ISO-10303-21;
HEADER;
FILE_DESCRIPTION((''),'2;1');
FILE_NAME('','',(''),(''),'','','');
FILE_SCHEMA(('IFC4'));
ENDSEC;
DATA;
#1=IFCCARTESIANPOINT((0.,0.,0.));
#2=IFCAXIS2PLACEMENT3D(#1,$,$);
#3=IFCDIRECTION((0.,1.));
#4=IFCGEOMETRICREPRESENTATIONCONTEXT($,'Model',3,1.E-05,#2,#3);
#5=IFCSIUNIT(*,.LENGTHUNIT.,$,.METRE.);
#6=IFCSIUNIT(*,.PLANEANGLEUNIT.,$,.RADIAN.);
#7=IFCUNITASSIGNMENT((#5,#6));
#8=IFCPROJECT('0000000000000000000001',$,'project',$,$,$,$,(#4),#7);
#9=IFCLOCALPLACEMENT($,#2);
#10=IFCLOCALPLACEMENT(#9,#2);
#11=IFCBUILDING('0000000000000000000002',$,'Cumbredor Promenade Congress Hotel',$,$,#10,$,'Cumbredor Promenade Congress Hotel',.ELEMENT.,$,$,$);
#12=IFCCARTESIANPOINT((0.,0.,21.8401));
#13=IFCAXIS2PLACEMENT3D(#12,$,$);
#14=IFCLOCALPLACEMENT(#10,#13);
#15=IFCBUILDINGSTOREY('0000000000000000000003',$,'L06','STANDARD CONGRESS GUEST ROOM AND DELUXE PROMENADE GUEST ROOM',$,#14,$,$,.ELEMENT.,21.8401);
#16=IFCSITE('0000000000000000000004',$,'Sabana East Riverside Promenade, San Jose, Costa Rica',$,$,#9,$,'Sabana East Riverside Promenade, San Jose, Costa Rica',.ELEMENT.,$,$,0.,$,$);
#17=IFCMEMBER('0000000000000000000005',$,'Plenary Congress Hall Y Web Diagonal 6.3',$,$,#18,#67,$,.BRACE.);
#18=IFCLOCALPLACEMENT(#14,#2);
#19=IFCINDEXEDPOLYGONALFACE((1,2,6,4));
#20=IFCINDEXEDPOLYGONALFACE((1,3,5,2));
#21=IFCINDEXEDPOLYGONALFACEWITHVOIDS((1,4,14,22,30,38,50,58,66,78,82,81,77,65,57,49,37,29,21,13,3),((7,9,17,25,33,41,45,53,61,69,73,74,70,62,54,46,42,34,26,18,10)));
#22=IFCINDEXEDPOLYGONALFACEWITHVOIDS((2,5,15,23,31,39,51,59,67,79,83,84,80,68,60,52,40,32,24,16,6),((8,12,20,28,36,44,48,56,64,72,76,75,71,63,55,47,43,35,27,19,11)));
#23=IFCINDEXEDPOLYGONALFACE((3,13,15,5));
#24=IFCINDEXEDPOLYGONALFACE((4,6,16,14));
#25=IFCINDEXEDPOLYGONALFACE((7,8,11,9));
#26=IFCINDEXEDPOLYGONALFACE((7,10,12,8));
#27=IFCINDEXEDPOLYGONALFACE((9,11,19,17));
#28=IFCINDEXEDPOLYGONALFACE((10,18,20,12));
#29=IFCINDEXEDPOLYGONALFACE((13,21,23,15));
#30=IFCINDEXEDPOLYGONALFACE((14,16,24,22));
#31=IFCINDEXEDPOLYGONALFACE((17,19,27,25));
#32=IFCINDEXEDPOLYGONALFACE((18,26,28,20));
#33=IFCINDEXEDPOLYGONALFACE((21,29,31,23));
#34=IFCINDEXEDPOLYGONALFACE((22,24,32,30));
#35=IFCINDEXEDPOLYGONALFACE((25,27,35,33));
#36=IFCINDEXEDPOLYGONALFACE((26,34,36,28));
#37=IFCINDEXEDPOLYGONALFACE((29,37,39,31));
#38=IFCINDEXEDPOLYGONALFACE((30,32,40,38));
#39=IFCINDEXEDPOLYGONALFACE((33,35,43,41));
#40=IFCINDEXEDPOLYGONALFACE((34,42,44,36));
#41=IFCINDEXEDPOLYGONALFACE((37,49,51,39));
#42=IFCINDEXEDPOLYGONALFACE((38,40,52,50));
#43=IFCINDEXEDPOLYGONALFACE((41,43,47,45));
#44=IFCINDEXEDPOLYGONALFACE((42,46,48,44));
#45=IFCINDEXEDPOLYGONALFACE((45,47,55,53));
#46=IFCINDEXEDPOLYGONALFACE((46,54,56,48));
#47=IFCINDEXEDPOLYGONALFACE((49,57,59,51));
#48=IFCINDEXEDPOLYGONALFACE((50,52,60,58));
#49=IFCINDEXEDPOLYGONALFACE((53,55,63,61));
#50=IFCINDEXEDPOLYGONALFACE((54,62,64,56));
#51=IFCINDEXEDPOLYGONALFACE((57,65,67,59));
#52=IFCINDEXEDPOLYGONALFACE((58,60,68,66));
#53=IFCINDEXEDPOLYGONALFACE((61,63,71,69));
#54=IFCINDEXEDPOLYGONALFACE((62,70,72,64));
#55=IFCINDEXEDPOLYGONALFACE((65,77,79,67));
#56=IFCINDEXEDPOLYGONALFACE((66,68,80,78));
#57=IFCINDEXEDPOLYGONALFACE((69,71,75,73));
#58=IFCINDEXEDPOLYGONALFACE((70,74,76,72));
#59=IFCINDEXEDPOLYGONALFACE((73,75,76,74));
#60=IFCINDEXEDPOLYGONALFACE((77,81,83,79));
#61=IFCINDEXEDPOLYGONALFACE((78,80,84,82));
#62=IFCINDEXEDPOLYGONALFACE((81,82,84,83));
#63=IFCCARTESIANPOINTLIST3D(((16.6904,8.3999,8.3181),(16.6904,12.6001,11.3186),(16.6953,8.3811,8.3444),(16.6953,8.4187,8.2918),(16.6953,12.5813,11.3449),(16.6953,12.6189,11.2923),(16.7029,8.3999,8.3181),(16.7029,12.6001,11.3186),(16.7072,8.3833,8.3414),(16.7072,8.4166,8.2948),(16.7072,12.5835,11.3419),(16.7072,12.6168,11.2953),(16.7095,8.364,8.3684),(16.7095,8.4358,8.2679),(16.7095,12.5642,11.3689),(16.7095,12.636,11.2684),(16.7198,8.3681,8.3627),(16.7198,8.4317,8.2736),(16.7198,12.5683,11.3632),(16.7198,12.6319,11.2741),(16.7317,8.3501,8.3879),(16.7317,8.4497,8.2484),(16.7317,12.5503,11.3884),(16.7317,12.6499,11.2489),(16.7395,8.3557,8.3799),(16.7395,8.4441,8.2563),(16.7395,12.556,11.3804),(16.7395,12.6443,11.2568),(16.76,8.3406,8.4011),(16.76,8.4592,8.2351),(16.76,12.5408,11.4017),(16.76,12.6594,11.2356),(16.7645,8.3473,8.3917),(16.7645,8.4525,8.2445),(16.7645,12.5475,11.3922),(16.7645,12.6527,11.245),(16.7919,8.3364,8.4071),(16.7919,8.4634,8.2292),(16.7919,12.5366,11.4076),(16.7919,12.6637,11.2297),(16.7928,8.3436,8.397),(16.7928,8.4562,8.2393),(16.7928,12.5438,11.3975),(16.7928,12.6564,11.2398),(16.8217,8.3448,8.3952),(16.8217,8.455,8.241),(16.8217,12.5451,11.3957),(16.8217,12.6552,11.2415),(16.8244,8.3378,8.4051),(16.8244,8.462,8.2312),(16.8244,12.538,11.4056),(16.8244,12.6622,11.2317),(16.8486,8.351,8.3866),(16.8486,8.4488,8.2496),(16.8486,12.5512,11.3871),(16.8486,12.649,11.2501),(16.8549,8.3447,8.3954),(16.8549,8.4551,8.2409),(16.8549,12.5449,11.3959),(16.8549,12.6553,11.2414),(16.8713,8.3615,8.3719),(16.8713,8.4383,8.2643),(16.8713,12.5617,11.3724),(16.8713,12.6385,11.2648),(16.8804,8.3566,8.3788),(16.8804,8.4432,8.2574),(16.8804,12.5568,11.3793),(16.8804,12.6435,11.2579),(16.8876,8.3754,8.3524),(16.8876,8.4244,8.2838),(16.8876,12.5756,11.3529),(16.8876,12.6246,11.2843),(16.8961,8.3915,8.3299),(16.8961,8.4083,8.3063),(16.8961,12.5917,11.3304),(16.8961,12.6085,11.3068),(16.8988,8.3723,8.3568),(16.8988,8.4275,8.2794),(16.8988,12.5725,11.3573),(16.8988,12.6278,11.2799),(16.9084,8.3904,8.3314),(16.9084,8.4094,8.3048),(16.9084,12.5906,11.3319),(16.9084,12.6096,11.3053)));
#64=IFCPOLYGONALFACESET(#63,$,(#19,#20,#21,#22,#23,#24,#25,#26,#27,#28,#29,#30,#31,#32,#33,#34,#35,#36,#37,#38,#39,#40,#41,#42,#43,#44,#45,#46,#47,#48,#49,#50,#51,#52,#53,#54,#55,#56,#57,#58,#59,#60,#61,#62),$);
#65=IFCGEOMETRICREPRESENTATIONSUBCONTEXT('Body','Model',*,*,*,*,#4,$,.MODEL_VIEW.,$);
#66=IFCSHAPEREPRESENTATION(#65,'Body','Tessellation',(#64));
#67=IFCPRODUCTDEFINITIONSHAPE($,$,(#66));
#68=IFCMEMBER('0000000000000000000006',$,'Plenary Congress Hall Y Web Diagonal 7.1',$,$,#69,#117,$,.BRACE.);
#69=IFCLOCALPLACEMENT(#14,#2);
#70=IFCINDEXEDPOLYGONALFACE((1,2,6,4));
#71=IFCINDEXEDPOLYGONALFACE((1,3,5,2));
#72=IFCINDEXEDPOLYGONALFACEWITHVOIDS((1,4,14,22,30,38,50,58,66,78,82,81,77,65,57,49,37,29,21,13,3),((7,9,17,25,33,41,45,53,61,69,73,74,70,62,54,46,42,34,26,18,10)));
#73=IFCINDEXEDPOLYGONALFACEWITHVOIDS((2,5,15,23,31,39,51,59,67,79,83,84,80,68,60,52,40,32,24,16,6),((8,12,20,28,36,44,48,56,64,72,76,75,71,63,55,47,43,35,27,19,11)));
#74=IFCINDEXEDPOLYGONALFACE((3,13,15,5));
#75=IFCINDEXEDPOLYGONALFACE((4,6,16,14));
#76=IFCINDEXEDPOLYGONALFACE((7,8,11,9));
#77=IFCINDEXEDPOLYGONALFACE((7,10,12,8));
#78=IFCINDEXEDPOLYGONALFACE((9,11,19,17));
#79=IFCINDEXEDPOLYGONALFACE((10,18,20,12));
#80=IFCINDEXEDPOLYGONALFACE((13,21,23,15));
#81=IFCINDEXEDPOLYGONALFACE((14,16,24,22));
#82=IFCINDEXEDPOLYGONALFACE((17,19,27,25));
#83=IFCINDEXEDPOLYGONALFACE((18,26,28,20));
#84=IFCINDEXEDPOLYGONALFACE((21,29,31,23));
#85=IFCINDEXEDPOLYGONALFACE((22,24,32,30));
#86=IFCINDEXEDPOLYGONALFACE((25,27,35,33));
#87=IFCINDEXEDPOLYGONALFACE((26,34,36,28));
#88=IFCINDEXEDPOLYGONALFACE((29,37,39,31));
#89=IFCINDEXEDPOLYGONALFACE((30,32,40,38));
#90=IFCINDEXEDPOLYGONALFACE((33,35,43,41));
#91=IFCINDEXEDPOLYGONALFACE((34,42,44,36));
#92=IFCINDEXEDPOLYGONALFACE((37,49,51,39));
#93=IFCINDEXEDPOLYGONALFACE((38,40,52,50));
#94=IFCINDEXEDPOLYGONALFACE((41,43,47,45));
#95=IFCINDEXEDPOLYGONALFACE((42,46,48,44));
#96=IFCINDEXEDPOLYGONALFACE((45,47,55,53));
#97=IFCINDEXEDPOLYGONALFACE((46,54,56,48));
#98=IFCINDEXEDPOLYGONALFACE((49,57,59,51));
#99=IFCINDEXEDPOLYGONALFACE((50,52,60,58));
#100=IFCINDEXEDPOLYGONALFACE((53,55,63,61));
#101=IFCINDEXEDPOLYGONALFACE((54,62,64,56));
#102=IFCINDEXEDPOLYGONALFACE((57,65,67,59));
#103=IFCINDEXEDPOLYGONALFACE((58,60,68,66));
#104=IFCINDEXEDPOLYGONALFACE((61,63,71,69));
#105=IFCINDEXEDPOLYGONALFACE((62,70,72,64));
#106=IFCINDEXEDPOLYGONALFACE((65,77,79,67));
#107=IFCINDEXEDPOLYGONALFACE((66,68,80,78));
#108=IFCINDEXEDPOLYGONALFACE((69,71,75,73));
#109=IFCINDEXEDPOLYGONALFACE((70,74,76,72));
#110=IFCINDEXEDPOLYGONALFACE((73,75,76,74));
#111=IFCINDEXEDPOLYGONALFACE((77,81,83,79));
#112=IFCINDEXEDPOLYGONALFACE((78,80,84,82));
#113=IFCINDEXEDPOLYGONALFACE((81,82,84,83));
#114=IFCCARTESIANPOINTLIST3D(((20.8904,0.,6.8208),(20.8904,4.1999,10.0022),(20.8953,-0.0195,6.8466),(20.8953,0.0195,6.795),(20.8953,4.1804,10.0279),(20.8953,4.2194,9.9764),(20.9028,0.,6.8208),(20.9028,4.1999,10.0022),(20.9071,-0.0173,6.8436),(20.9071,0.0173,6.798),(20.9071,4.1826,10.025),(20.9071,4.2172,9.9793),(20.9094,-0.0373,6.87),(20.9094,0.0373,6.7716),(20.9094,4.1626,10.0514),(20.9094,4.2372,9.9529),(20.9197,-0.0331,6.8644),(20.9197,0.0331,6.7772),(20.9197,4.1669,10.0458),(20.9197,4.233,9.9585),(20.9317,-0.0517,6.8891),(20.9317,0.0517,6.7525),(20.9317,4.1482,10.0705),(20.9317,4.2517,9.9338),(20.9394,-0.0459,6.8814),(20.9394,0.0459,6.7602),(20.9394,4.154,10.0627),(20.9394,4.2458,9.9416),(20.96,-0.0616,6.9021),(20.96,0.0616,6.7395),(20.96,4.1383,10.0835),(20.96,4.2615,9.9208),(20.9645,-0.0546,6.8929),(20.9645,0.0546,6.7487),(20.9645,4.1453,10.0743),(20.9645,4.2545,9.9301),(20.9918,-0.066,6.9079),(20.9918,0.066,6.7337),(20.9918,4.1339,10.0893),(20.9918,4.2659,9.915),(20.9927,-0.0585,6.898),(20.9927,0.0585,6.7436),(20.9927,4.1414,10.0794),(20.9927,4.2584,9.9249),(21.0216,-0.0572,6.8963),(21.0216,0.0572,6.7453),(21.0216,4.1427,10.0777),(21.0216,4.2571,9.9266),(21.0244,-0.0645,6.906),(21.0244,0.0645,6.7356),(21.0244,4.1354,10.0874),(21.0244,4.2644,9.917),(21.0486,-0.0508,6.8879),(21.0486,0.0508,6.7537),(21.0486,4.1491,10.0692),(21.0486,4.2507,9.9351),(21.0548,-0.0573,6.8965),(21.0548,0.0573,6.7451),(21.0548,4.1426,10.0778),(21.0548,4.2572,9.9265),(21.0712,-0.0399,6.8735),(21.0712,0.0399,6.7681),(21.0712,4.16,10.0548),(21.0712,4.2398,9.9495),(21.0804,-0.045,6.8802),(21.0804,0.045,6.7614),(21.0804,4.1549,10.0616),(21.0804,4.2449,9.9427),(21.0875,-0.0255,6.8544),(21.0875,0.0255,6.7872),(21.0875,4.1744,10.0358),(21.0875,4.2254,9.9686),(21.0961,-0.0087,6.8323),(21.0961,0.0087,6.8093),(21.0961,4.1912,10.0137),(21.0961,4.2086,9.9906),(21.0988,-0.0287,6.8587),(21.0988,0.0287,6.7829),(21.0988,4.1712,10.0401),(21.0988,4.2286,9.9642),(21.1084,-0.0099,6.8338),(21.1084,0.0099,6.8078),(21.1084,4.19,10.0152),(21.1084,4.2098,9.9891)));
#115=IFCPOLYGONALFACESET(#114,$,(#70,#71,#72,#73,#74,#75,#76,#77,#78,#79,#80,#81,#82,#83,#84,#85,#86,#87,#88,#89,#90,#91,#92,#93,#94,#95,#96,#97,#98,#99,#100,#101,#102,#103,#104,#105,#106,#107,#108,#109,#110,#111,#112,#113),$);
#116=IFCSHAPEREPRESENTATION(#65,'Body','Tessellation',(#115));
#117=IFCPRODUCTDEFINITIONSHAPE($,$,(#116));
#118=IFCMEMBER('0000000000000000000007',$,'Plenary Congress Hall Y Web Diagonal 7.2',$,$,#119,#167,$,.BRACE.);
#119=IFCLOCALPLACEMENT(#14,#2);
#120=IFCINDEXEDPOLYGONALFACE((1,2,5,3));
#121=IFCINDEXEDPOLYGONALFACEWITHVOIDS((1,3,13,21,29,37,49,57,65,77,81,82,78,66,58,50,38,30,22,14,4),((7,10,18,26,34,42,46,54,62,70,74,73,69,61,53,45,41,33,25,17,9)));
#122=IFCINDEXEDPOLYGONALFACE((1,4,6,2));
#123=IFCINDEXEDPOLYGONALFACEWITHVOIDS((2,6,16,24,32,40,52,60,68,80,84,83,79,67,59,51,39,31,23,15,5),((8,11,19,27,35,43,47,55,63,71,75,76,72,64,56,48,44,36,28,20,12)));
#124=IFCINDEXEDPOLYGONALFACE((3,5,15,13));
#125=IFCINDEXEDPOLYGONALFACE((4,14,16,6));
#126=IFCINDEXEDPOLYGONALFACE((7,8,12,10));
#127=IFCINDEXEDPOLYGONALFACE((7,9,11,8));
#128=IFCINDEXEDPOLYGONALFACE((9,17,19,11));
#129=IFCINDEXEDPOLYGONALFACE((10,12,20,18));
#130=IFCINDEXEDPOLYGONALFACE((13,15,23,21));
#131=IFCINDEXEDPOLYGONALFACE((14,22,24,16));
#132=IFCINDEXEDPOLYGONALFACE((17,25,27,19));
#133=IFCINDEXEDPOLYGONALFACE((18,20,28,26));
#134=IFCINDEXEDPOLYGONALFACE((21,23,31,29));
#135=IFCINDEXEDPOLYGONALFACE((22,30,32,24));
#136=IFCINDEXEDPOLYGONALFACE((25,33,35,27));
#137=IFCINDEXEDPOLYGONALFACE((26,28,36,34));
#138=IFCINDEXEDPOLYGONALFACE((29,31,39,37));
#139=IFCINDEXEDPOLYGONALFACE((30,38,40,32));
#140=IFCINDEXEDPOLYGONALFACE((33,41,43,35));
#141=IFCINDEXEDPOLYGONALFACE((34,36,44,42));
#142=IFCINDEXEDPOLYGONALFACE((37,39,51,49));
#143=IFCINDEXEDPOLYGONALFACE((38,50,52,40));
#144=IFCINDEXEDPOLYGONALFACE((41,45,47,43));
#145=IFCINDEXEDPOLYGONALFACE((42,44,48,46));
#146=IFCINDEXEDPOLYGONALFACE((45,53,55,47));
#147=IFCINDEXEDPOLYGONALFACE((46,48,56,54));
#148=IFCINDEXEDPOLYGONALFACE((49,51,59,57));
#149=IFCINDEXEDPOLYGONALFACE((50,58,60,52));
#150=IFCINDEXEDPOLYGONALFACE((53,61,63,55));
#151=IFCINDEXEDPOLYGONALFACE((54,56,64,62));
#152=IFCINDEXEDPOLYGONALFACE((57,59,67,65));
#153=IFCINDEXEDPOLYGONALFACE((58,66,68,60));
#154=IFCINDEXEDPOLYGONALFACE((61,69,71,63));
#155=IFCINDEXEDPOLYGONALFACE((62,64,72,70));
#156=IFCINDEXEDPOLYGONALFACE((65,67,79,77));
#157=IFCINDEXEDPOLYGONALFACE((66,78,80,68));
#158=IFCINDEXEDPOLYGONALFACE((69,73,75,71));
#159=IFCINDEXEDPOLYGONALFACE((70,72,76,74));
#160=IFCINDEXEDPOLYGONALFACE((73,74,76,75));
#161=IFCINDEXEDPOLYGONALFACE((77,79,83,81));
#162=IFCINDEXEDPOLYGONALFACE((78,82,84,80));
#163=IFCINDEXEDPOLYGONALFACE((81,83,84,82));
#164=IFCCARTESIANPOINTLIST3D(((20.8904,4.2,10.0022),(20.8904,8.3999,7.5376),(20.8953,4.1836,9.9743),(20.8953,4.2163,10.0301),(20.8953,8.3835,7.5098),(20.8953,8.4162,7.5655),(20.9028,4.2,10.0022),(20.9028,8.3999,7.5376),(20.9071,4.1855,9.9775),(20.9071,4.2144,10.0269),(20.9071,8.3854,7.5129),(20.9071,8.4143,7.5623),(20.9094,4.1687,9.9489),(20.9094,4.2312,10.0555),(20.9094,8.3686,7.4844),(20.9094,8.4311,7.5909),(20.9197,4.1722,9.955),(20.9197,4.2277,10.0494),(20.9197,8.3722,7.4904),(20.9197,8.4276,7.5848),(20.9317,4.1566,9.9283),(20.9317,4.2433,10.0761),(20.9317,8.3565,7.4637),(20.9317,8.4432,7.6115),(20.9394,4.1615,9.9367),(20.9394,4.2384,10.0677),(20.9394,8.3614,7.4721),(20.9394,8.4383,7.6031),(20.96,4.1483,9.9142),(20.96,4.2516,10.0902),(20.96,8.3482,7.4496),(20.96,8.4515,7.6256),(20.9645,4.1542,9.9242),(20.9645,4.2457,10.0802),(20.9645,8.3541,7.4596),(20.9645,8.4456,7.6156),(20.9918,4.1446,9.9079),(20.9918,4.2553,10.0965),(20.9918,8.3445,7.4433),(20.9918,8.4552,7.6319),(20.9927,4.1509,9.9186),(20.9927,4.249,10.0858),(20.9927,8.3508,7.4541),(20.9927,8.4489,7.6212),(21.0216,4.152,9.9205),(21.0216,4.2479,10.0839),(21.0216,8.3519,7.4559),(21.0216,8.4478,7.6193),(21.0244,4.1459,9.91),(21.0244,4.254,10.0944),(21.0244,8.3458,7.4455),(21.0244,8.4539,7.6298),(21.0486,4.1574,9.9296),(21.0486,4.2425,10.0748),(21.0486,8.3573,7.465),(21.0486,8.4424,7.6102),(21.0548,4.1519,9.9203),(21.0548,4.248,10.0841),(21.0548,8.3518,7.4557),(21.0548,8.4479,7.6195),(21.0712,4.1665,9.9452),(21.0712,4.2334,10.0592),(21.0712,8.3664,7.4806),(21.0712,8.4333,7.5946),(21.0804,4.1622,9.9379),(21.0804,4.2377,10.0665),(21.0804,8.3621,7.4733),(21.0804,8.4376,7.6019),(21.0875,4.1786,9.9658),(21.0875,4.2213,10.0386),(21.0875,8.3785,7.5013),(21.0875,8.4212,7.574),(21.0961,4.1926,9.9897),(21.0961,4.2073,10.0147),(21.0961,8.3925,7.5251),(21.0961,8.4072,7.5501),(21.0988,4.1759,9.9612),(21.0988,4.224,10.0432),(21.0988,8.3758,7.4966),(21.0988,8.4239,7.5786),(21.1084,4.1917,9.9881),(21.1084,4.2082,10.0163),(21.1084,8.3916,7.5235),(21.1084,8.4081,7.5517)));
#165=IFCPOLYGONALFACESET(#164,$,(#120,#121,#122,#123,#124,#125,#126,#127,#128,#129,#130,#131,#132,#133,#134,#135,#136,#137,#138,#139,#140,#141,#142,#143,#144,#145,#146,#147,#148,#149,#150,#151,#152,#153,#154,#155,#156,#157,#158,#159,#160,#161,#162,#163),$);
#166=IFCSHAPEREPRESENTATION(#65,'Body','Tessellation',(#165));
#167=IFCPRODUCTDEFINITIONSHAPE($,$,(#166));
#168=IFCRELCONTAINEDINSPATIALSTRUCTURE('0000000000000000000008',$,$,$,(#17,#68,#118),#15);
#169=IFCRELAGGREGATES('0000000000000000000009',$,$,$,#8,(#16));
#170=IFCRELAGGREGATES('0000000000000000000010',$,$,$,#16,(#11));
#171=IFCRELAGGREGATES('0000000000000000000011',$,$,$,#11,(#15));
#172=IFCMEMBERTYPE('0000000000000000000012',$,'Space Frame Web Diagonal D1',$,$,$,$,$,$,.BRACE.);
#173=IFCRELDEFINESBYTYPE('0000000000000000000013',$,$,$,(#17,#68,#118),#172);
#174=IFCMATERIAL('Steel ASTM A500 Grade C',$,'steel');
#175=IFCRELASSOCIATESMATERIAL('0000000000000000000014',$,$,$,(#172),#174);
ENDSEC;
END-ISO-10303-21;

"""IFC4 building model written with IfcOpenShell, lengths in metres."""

from ifc_helpers import new_model, si_unit, direction, frame, origin, origin_2d, place, context, subcontext, project, spatial, hollow_circle, extrude, material, material_profile, profile_set, type_object, element, save


model = new_model("IFC4")

# Units and contexts
model_context = context("Model", 3, precision=1e-05, world=origin(), true_north=direction((0.0, 1.0)))
body_context = subcontext(model_context, "Body", "Model", "MODEL_VIEW")
ifc_project = project(units=[si_unit("LENGTHUNIT", "METRE"), si_unit("PLANEANGLEUNIT", "RADIAN")], contexts=[model_context])

# Site, building, storey
site_placement = place(None, origin())
site = spatial("IfcSite", under=ifc_project, at=site_placement, Name="Sabana East Riverside Promenade, San Jose, Costa Rica", LongName="Sabana East Riverside Promenade, San Jose, Costa Rica", CompositionType="ELEMENT", RefElevation=0.0)
building_placement = place(site_placement, origin())
building = spatial("IfcBuilding", under=site, at=building_placement, Name="Cumbredor Promenade Congress Hotel", LongName="Cumbredor Promenade Congress Hotel", CompositionType="ELEMENT")
storey_placement = place(building_placement, frame((0.0, 0.0, 21.8401)))
storey = spatial("IfcBuildingStorey", under=building, at=storey_placement, Name="L06", Description="STANDARD CONGRESS GUEST ROOM AND DELUXE PROMENADE GUEST ROOM", CompositionType="ELEMENT", Elevation=21.8401)

# Members
ifc_material_1 = material(Name="Steel ASTM A500 Grade C", Category="steel")
ifc_material_profile_1 = material_profile(ifc_material_1, hollow_circle(Radius=0.1096, WallThickness=0.0125, at=origin_2d()), Name="CHS 219.1x12.5")
ifc_profile_set_1 = profile_set([ifc_material_profile_1], Name="Steel ASTM A500 Grade C")
member_type_1 = type_object("IfcMemberType", Name="Space Frame Web Diagonal D1", PredefinedType="BRACE", material=ifc_profile_set_1)
member_1_placement = place(storey_placement, frame((16.8, 8.3999, 8.3181), z_axis=(0.0, 0.813702, 0.581283), x_axis=(-1.0, 0.0, 0.0)))
element("IfcMember", 1, at=member_1_placement, inside=storey, type_object=member_type_1, Name="Plenary Congress Hall Y Web Diagonal 6.3", PredefinedType="BRACE", context=body_context, shape_type="SweptSolid", body=[
    extrude(hollow_circle(Radius=0.1096, WallThickness=0.0125, at=origin_2d()), origin(), (0.0, 0.0, 1.0), 5.1619),
])
member_2_placement = place(storey_placement, frame((21.0, 0.0, 6.8208), z_axis=(0.0, 0.797127, 0.603811), x_axis=(-1.0, 0.0, 0.0)))
element("IfcMember", 2, at=member_2_placement, inside=storey, type_object=member_type_1, Name="Plenary Congress Hall Y Web Diagonal 7.1", PredefinedType="BRACE", context=body_context, shape_type="SweptSolid", body=[
    extrude(hollow_circle(Radius=0.1096, WallThickness=0.0125, at=origin_2d()), origin(), (0.0, 0.0, 1.0), 5.2688),
])
member_3_placement = place(storey_placement, frame((21.0, 4.2, 10.0022), z_axis=(0.0, 0.862469, -0.506111), x_axis=(-1.0, 0.0, 0.0)))
element("IfcMember", 3, at=member_3_placement, inside=storey, type_object=member_type_1, Name="Plenary Congress Hall Y Web Diagonal 7.2", PredefinedType="BRACE", context=body_context, shape_type="SweptSolid", body=[
    extrude(hollow_circle(Radius=0.1096, WallThickness=0.0125, at=origin_2d()), origin(), (0.0, 0.0, 1.0), 4.8696),
])

save(model, "model.ifc")
